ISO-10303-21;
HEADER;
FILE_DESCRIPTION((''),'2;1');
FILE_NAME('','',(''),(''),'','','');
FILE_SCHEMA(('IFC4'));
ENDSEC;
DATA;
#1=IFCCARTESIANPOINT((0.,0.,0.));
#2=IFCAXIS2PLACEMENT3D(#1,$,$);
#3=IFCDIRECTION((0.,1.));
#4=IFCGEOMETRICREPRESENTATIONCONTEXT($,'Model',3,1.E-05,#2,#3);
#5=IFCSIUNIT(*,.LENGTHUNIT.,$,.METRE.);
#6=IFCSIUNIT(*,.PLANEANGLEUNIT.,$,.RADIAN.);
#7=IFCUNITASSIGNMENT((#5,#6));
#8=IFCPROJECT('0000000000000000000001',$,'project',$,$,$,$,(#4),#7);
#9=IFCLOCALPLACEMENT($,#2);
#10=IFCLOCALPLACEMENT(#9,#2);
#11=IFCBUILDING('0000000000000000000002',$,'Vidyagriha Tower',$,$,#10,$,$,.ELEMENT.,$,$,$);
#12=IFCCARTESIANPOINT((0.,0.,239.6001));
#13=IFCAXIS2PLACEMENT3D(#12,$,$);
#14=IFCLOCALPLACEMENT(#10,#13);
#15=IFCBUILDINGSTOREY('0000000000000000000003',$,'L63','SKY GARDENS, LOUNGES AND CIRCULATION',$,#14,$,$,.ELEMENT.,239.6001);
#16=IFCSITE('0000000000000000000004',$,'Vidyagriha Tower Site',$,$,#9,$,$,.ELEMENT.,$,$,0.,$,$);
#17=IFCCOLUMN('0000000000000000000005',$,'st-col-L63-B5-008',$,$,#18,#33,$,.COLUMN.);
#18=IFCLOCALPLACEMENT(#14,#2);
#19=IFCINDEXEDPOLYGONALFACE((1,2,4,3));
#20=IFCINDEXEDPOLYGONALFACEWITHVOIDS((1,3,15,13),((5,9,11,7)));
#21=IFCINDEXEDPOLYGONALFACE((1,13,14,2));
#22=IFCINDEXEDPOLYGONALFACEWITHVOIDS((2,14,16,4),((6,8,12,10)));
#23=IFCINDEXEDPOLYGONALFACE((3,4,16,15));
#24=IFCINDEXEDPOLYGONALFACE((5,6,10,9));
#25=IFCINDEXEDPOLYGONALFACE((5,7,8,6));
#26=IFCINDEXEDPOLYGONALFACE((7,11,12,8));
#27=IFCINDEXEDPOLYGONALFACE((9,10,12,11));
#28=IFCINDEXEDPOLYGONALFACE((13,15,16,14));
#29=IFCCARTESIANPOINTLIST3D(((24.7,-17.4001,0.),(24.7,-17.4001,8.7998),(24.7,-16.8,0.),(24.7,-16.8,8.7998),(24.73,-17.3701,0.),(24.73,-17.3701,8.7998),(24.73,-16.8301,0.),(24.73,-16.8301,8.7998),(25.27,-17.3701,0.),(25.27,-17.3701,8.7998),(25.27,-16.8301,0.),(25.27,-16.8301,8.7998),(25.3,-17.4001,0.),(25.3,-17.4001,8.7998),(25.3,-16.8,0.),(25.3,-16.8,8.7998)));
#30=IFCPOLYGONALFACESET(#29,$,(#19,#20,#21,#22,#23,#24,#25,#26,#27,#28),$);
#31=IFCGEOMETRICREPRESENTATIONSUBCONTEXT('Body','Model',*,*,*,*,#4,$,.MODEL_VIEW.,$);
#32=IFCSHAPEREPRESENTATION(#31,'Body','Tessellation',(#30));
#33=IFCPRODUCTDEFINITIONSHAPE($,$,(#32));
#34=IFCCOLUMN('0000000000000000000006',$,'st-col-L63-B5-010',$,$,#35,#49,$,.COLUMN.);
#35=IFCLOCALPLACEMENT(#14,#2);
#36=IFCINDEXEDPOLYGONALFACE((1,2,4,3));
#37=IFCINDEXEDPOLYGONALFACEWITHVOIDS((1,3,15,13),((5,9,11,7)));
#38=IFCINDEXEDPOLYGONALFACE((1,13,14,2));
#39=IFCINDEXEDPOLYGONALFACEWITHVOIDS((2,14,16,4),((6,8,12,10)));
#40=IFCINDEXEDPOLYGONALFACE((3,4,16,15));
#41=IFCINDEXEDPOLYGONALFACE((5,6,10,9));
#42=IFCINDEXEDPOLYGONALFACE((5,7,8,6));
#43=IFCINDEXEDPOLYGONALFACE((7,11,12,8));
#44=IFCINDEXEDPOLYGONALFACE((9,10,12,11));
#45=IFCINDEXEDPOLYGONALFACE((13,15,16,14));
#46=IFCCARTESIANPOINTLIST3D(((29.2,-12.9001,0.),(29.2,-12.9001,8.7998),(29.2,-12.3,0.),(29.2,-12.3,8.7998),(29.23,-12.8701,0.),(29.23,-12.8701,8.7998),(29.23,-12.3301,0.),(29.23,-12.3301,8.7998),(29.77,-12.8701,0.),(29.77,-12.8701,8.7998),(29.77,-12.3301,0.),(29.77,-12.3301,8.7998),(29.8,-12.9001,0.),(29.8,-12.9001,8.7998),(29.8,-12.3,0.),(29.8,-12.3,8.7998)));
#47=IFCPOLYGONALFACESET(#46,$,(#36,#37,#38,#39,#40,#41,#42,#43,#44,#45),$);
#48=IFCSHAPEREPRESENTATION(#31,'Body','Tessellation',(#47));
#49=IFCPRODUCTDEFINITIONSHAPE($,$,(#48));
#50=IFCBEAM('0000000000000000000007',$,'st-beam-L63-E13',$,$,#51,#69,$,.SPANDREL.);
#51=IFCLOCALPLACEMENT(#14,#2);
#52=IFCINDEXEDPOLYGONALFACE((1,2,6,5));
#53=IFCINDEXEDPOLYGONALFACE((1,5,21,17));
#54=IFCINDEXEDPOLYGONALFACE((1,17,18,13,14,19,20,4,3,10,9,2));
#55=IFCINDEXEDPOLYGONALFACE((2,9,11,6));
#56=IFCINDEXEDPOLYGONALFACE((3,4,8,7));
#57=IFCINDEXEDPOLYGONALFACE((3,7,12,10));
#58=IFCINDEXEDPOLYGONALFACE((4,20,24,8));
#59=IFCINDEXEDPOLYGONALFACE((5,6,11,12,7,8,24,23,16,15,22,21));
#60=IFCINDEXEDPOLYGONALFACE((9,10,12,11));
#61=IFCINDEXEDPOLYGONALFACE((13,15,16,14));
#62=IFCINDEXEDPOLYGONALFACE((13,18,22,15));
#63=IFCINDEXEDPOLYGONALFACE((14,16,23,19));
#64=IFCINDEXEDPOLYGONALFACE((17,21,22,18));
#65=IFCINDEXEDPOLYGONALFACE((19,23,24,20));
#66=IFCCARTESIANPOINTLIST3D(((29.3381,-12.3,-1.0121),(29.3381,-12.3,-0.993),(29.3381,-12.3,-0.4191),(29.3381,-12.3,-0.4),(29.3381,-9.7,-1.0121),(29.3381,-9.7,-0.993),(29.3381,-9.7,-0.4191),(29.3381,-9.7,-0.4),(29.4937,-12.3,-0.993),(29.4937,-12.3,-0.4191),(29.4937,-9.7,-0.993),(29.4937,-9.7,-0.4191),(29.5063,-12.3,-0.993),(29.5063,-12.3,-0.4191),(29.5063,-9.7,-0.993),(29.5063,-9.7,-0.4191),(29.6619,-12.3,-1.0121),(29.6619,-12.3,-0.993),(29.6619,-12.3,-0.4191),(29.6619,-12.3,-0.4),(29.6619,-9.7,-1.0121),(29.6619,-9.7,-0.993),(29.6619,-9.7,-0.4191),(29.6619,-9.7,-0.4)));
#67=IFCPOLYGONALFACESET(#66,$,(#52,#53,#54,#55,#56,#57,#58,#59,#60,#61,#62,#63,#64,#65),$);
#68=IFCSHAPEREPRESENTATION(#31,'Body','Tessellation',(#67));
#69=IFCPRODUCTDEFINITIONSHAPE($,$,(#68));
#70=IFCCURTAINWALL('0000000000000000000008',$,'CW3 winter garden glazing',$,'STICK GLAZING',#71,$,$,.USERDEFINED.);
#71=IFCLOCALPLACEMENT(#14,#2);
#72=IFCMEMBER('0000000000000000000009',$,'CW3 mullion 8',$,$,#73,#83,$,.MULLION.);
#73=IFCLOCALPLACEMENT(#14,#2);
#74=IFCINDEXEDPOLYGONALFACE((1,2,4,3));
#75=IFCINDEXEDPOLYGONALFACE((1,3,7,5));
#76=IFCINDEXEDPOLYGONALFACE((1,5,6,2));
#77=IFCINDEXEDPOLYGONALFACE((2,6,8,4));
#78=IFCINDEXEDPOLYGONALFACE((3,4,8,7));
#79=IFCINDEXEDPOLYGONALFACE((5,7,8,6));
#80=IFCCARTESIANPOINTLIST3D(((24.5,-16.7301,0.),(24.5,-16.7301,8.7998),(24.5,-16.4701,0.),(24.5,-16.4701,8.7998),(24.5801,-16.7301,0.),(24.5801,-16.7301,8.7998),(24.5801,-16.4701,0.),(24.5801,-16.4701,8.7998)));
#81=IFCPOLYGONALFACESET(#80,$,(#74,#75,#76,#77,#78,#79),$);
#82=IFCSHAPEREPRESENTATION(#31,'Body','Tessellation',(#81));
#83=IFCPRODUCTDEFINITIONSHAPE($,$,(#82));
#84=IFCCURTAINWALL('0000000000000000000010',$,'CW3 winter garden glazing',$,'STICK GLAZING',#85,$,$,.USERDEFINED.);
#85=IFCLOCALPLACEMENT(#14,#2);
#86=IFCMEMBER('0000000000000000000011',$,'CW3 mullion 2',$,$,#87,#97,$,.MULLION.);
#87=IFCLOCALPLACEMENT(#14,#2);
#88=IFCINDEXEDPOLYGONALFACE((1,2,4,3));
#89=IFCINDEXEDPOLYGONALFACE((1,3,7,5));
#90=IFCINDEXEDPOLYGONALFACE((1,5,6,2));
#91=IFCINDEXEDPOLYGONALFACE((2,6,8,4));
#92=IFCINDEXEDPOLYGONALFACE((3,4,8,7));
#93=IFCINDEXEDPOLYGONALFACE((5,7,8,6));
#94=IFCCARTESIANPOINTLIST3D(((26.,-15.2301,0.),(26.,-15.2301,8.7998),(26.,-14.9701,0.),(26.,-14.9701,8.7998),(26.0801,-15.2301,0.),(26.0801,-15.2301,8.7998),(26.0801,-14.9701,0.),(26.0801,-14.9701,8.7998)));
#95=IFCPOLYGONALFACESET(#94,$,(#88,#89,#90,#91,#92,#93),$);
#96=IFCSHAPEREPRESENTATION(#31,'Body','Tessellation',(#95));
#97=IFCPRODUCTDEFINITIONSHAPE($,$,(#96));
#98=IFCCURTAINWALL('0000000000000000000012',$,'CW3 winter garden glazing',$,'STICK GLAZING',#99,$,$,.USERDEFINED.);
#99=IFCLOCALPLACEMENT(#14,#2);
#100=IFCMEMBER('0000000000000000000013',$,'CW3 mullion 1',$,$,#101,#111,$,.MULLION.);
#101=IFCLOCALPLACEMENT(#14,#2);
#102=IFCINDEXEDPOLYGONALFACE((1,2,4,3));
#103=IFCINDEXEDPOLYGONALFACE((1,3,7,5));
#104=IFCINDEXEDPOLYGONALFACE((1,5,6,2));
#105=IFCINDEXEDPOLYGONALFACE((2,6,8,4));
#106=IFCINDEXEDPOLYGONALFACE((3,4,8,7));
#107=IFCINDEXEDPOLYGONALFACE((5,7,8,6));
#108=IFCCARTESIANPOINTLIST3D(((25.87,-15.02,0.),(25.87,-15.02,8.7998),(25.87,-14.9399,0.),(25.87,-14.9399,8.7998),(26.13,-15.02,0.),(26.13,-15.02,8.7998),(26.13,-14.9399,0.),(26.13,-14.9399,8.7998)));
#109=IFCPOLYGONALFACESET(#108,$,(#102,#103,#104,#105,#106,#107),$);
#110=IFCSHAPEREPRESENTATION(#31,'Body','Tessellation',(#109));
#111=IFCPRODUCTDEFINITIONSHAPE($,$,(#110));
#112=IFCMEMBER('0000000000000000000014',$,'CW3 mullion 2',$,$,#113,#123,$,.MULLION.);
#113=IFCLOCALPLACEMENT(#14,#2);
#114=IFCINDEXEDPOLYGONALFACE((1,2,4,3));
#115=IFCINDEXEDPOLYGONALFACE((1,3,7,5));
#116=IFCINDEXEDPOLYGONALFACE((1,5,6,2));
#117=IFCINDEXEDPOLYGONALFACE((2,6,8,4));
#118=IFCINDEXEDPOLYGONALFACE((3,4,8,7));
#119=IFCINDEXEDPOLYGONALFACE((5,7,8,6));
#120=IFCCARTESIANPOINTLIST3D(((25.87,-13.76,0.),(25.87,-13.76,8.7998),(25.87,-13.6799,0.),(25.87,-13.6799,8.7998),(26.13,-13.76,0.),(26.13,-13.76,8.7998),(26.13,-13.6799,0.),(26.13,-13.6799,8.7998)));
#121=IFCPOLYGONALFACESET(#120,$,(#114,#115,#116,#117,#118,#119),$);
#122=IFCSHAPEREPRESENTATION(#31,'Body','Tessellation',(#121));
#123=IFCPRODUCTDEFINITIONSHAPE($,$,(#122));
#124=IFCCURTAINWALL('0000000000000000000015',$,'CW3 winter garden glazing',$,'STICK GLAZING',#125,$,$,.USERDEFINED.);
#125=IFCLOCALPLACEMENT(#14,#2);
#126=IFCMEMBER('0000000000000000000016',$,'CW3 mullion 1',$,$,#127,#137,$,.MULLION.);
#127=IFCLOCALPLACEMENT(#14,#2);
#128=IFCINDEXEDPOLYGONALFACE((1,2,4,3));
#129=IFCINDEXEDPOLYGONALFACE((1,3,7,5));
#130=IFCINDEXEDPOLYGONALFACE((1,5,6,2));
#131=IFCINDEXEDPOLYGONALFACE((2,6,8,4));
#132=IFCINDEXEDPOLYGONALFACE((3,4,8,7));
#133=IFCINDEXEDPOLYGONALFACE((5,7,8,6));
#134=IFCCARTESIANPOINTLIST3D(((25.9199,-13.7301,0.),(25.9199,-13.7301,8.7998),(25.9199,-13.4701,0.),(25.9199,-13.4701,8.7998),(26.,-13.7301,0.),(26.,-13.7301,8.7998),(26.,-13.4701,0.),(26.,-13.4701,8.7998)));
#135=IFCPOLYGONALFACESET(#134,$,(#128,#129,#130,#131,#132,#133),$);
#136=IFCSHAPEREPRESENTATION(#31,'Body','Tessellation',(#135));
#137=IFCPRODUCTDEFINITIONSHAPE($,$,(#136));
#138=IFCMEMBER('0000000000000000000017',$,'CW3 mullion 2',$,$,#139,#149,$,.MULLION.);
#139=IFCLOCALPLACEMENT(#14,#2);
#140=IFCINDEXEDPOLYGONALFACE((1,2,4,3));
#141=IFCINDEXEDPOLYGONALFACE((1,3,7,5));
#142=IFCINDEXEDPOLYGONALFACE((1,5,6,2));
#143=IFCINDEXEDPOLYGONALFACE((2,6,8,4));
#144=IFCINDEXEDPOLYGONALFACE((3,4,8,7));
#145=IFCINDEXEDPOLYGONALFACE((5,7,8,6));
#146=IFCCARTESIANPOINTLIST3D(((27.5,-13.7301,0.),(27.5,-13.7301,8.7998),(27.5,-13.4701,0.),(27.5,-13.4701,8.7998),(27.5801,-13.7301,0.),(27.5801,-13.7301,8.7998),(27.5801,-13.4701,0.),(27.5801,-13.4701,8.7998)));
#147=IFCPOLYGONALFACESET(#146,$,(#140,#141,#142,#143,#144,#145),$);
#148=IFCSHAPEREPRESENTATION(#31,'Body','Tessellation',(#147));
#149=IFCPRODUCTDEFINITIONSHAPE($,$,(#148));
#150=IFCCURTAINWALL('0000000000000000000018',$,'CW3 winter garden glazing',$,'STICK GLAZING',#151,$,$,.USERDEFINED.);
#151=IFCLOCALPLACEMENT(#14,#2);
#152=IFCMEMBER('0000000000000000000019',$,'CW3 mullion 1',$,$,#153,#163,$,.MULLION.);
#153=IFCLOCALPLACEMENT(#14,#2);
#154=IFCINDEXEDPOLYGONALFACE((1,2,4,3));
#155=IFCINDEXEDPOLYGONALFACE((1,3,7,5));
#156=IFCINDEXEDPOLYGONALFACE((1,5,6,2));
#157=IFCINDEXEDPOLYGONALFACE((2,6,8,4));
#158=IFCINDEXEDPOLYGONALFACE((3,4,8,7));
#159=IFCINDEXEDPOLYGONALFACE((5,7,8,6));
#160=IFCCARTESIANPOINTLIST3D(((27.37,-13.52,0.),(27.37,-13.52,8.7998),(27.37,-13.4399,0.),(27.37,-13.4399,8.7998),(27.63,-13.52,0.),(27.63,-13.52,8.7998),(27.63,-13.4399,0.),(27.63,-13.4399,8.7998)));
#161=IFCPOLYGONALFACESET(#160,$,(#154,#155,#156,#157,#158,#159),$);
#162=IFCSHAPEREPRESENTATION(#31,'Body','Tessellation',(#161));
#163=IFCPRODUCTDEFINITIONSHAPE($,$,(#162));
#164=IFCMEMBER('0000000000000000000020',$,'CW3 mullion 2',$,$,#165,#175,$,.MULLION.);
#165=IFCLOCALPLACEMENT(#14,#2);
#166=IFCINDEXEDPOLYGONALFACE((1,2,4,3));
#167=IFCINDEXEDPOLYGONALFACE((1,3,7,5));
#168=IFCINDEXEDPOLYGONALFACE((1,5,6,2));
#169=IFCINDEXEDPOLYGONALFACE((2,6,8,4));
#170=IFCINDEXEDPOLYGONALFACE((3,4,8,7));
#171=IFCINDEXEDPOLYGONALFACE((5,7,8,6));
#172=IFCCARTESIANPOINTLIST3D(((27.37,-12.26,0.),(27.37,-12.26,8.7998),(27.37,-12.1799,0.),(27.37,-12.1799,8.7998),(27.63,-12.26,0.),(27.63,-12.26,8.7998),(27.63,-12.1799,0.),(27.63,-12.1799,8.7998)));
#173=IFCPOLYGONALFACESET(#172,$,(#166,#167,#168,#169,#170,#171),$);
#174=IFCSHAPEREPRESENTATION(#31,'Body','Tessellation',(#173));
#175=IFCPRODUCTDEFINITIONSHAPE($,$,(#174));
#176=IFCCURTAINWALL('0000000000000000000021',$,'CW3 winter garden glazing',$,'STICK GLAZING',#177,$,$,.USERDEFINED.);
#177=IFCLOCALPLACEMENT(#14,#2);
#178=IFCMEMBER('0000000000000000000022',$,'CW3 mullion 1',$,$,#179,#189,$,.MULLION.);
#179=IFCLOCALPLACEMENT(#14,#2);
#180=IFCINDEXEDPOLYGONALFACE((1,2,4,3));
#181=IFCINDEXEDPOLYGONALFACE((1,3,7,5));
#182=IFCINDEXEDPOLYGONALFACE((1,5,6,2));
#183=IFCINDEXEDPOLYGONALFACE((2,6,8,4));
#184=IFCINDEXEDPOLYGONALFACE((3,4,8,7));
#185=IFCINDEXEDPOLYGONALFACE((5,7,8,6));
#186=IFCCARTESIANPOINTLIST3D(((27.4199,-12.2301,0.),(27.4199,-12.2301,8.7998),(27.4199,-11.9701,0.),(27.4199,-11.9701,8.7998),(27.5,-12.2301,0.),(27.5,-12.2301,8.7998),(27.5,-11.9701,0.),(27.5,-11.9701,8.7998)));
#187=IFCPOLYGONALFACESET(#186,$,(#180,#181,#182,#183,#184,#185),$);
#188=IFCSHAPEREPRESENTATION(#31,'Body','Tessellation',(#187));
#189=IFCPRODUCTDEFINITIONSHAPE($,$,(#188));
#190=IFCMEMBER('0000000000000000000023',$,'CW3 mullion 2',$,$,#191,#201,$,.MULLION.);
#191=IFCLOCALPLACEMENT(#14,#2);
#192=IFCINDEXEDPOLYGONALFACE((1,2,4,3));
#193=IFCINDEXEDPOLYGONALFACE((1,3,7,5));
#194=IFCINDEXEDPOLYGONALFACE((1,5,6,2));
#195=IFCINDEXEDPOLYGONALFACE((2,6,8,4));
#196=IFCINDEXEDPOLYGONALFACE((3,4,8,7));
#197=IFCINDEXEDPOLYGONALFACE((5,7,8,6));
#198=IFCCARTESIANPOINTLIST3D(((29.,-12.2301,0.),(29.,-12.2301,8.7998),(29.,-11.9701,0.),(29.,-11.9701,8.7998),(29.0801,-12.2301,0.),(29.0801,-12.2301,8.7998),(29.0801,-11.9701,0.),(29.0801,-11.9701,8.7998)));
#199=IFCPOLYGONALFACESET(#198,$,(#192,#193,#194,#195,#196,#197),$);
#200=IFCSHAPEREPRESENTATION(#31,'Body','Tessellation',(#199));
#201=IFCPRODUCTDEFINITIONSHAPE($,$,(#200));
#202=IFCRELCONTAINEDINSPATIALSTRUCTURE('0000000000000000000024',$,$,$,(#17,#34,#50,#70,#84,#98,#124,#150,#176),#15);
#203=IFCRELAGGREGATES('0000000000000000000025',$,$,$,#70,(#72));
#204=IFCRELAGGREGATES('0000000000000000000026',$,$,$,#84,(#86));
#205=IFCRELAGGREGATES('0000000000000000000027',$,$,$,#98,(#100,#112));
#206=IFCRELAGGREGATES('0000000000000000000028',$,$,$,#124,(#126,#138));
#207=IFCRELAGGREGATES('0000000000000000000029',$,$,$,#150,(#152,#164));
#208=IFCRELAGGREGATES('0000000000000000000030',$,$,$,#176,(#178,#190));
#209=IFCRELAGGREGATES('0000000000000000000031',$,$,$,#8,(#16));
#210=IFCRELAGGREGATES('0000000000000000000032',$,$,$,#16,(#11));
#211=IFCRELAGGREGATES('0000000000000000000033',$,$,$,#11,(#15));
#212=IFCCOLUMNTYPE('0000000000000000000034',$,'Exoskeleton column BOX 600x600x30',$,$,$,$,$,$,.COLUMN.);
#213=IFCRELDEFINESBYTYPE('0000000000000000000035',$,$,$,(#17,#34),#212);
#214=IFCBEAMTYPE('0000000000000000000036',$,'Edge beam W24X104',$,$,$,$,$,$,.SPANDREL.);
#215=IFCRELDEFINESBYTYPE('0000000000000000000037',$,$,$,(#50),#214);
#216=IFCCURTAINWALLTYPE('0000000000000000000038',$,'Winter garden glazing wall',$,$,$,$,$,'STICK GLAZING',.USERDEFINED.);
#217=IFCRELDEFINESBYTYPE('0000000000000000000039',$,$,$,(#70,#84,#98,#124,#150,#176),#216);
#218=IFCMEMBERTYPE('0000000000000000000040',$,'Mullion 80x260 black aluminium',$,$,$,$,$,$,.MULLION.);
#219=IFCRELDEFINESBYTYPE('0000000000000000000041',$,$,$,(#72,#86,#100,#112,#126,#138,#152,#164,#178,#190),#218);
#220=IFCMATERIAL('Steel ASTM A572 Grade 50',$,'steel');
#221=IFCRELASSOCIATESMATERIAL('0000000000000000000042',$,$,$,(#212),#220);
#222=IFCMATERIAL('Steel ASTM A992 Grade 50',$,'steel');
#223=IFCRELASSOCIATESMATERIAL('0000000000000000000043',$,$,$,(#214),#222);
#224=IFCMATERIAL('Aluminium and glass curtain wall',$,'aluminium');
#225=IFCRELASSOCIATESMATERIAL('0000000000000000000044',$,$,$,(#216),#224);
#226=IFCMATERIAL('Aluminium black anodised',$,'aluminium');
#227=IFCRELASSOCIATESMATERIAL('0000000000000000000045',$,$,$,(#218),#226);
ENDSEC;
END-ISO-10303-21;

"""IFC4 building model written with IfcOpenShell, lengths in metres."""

from ifc_helpers import new_model, si_unit, direction, frame, origin, origin_2d, place, context, subcontext, project, spatial, rectangle, hollow_rectangle, i_section, extrude, material, material_profile, profile_set, type_object, element, aggregate, save


model = new_model("IFC4")

# Units and contexts
model_context = context("Model", 3, precision=1e-05, world=origin(), true_north=direction((0.0, 1.0)))
body_context = subcontext(model_context, "Body", "Model", "MODEL_VIEW")
ifc_project = project(units=[si_unit("LENGTHUNIT", "METRE"), si_unit("PLANEANGLEUNIT", "RADIAN")], contexts=[model_context])

# Site, building, storey
site_placement = place(None, origin())
site = spatial("IfcSite", under=ifc_project, at=site_placement, Name="Vidyagriha Tower Site", CompositionType="ELEMENT", RefElevation=0.0)
building_placement = place(site_placement, origin())
building = spatial("IfcBuilding", under=site, at=building_placement, Name="Vidyagriha Tower", CompositionType="ELEMENT")
storey_placement = place(building_placement, frame((0.0, 0.0, 239.6001)))
storey = spatial("IfcBuildingStorey", under=building, at=storey_placement, Name="L63", Description="SKY GARDENS, LOUNGES AND CIRCULATION", CompositionType="ELEMENT", Elevation=239.6001)

# Columns
ifc_material_1 = material(Name="Steel ASTM A572 Grade 50", Category="steel")
ifc_material_profile_1 = material_profile(ifc_material_1, hollow_rectangle(XDim=0.6001, YDim=0.6001, WallThickness=0.03, at=origin_2d()), Name="BOX 600x600x30")
ifc_profile_set_1 = profile_set([ifc_material_profile_1], Name="Steel ASTM A572 Grade 50")
column_type = type_object("IfcColumnType", Name="Exoskeleton column BOX 600x600x30", PredefinedType="COLUMN", material=ifc_profile_set_1)
for number, where, name in (
    (1, (25.0, -17.1001, 0.0), "st-col-L63-B5-008"),
    (2, (29.5, -12.6001, 0.0), "st-col-L63-B5-010"),
):
    element("IfcColumn", number, at=place(storey_placement, frame(where)), inside=storey, type_object=column_type, Name=name, PredefinedType="COLUMN", context=body_context, shape_type="SweptSolid", body=[
        extrude(hollow_rectangle(XDim=0.6001, YDim=0.6001, WallThickness=0.03, at=origin_2d()), origin(), (0.0, 0.0, 1.0), 8.7998),
    ])

# Beam
ifc_material_2 = material(Name="Steel ASTM A992 Grade 50", Category="steel")
ifc_material_profile_2 = material_profile(ifc_material_2, i_section(OverallWidth=0.3237, OverallDepth=0.6121, WebThickness=0.0127, FlangeThickness=0.019, at=origin_2d()), Name="W24X104")
ifc_profile_set_2 = profile_set([ifc_material_profile_2], Name="Steel ASTM A992 Grade 50")
beam_type = type_object("IfcBeamType", Name="Edge beam W24X104", PredefinedType="SPANDREL", material=ifc_profile_set_2)
beam_placement = place(storey_placement, frame((29.5, -12.3, -0.7061), z_axis=(0.0, 1.0, 0.0), x_axis=(-1.0, 0.0, 0.0)))
element("IfcBeam", 3, at=beam_placement, inside=storey, type_object=beam_type, Name="st-beam-L63-E13", PredefinedType="SPANDREL", context=body_context, shape_type="SweptSolid", body=[
    extrude(i_section(OverallWidth=0.3237, OverallDepth=0.6121, WebThickness=0.0127, FlangeThickness=0.019, at=origin_2d()), origin(), (0.0, 0.0, 1.0), 2.6001),
])

# Curtain walls, members
ifc_material_3 = material(Name="Aluminium and glass curtain wall", Category="aluminium")
curtain_wall_type = type_object("IfcCurtainWallType", Name="Winter garden glazing wall", ElementType="STICK GLAZING", PredefinedType="USERDEFINED", material=ifc_material_3)
curtain_wall_1_placement = place(storey_placement, origin())
curtain_wall_1 = element("IfcCurtainWall", 4, at=curtain_wall_1_placement, inside=storey, type_object=curtain_wall_type, Name="CW3 winter garden glazing", ObjectType="STICK GLAZING", PredefinedType="USERDEFINED")
ifc_material_4 = material(Name="Aluminium black anodised", Category="aluminium")
ifc_material_profile_3 = material_profile(ifc_material_4, rectangle(XDim=0.26, YDim=0.0801, at=origin_2d()), Name="Mullion 80x260 black aluminium")
ifc_profile_set_3 = profile_set([ifc_material_profile_3], Name="Aluminium black anodised")
member_type_1 = type_object("IfcMemberType", Name="Mullion 80x260 black aluminium", PredefinedType="MULLION", material=ifc_profile_set_3)
member_1_placement = place(storey_placement, frame((24.54, -16.6001, 0.0), z_axis=(0.0, 0.0, 1.0), x_axis=(0.0, 1.0, 0.0)))
member_1 = element("IfcMember", 5, at=member_1_placement, type_object=member_type_1, Name="CW3 mullion 8", PredefinedType="MULLION", context=body_context, shape_type="SweptSolid", body=[
    extrude(rectangle(XDim=0.26, YDim=0.0801, at=origin_2d()), origin(), (0.0, 0.0, 1.0), 8.7998),
])
aggregate(curtain_wall_1, [member_1])
curtain_wall_2_placement = place(storey_placement, origin())
curtain_wall_2 = element("IfcCurtainWall", 6, at=curtain_wall_2_placement, inside=storey, type_object=curtain_wall_type, Name="CW3 winter garden glazing", ObjectType="STICK GLAZING", PredefinedType="USERDEFINED")
member_2_placement = place(storey_placement, frame((26.04, -15.1001, 0.0), z_axis=(0.0, 0.0, 1.0), x_axis=(0.0, 1.0, 0.0)))
member_2 = element("IfcMember", 7, at=member_2_placement, type_object=member_type_1, Name="CW3 mullion 2", PredefinedType="MULLION", context=body_context, shape_type="SweptSolid", body=[
    extrude(rectangle(XDim=0.26, YDim=0.0801, at=origin_2d()), origin(), (0.0, 0.0, 1.0), 8.7998),
])

# Curtain walls, members
curtain_wall_3_placement = place(storey_placement, origin())
curtain_wall_3 = element("IfcCurtainWall", 8, at=curtain_wall_3_placement, inside=storey, type_object=curtain_wall_type, Name="CW3 winter garden glazing", ObjectType="STICK GLAZING", PredefinedType="USERDEFINED")
member_3_placement = place(storey_placement, frame((26.0, -14.98, 0.0), z_axis=(0.0, 0.0, 1.0), x_axis=(-1.0, 0.0, 0.0)))
member_3 = element("IfcMember", 9, at=member_3_placement, type_object=member_type_1, Name="CW3 mullion 1", PredefinedType="MULLION", context=body_context, shape_type="SweptSolid", body=[
    extrude(rectangle(XDim=0.26, YDim=0.0801, at=origin_2d()), origin(), (0.0, 0.0, 1.0), 8.7998),
])
member_4_placement = place(storey_placement, frame((26.0, -13.72, 0.0), z_axis=(0.0, 0.0, 1.0), x_axis=(-1.0, 0.0, 0.0)))
member_4 = element("IfcMember", 10, at=member_4_placement, type_object=member_type_1, Name="CW3 mullion 2", PredefinedType="MULLION", context=body_context, shape_type="SweptSolid", body=[
    extrude(rectangle(XDim=0.26, YDim=0.0801, at=origin_2d()), origin(), (0.0, 0.0, 1.0), 8.7998),
])
curtain_wall_4_placement = place(storey_placement, origin())
curtain_wall_4 = element("IfcCurtainWall", 11, at=curtain_wall_4_placement, inside=storey, type_object=curtain_wall_type, Name="CW3 winter garden glazing", ObjectType="STICK GLAZING", PredefinedType="USERDEFINED")
member_5_placement = place(storey_placement, frame((25.96, -13.6001, 0.0), z_axis=(0.0, 0.0, 1.0), x_axis=(0.0, 1.0, 0.0)))
member_5 = element("IfcMember", 12, at=member_5_placement, type_object=member_type_1, Name="CW3 mullion 1", PredefinedType="MULLION", context=body_context, shape_type="SweptSolid", body=[
    extrude(rectangle(XDim=0.26, YDim=0.0801, at=origin_2d()), origin(), (0.0, 0.0, 1.0), 8.7998),
])
member_6_placement = place(storey_placement, frame((27.54, -13.6001, 0.0), z_axis=(0.0, 0.0, 1.0), x_axis=(0.0, 1.0, 0.0)))
member_6 = element("IfcMember", 13, at=member_6_placement, type_object=member_type_1, Name="CW3 mullion 2", PredefinedType="MULLION", context=body_context, shape_type="SweptSolid", body=[
    extrude(rectangle(XDim=0.26, YDim=0.0801, at=origin_2d()), origin(), (0.0, 0.0, 1.0), 8.7998),
])
curtain_wall_5_placement = place(storey_placement, origin())
curtain_wall_5 = element("IfcCurtainWall", 14, at=curtain_wall_5_placement, inside=storey, type_object=curtain_wall_type, Name="CW3 winter garden glazing", ObjectType="STICK GLAZING", PredefinedType="USERDEFINED")
member_7_placement = place(storey_placement, frame((27.5, -13.48, 0.0), z_axis=(0.0, 0.0, 1.0), x_axis=(-1.0, 0.0, 0.0)))
member_7 = element("IfcMember", 15, at=member_7_placement, type_object=member_type_1, Name="CW3 mullion 1", PredefinedType="MULLION", context=body_context, shape_type="SweptSolid", body=[
    extrude(rectangle(XDim=0.26, YDim=0.0801, at=origin_2d()), origin(), (0.0, 0.0, 1.0), 8.7998),
])
member_8_placement = place(storey_placement, frame((27.5, -12.22, 0.0), z_axis=(0.0, 0.0, 1.0), x_axis=(-1.0, 0.0, 0.0)))
member_8 = element("IfcMember", 16, at=member_8_placement, type_object=member_type_1, Name="CW3 mullion 2", PredefinedType="MULLION", context=body_context, shape_type="SweptSolid", body=[
    extrude(rectangle(XDim=0.26, YDim=0.0801, at=origin_2d()), origin(), (0.0, 0.0, 1.0), 8.7998),
])
curtain_wall_6_placement = place(storey_placement, origin())
curtain_wall_6 = element("IfcCurtainWall", 17, at=curtain_wall_6_placement, inside=storey, type_object=curtain_wall_type, Name="CW3 winter garden glazing", ObjectType="STICK GLAZING", PredefinedType="USERDEFINED")
member_9_placement = place(storey_placement, frame((27.46, -12.1001, 0.0), z_axis=(0.0, 0.0, 1.0), x_axis=(0.0, 1.0, 0.0)))
member_9 = element("IfcMember", 18, at=member_9_placement, type_object=member_type_1, Name="CW3 mullion 1", PredefinedType="MULLION", context=body_context, shape_type="SweptSolid", body=[
    extrude(rectangle(XDim=0.26, YDim=0.0801, at=origin_2d()), origin(), (0.0, 0.0, 1.0), 8.7998),
])
member_10_placement = place(storey_placement, frame((29.04, -12.1001, 0.0), z_axis=(0.0, 0.0, 1.0), x_axis=(0.0, 1.0, 0.0)))
member_10 = element("IfcMember", 19, at=member_10_placement, type_object=member_type_1, Name="CW3 mullion 2", PredefinedType="MULLION", context=body_context, shape_type="SweptSolid", body=[
    extrude(rectangle(XDim=0.26, YDim=0.0801, at=origin_2d()), origin(), (0.0, 0.0, 1.0), 8.7998),
])

aggregate(curtain_wall_2, [member_2])
aggregate(curtain_wall_3, [member_3, member_4])
aggregate(curtain_wall_4, [member_5, member_6])
aggregate(curtain_wall_5, [member_7, member_8])
aggregate(curtain_wall_6, [member_9, member_10])

save(model, "model.ifc")
